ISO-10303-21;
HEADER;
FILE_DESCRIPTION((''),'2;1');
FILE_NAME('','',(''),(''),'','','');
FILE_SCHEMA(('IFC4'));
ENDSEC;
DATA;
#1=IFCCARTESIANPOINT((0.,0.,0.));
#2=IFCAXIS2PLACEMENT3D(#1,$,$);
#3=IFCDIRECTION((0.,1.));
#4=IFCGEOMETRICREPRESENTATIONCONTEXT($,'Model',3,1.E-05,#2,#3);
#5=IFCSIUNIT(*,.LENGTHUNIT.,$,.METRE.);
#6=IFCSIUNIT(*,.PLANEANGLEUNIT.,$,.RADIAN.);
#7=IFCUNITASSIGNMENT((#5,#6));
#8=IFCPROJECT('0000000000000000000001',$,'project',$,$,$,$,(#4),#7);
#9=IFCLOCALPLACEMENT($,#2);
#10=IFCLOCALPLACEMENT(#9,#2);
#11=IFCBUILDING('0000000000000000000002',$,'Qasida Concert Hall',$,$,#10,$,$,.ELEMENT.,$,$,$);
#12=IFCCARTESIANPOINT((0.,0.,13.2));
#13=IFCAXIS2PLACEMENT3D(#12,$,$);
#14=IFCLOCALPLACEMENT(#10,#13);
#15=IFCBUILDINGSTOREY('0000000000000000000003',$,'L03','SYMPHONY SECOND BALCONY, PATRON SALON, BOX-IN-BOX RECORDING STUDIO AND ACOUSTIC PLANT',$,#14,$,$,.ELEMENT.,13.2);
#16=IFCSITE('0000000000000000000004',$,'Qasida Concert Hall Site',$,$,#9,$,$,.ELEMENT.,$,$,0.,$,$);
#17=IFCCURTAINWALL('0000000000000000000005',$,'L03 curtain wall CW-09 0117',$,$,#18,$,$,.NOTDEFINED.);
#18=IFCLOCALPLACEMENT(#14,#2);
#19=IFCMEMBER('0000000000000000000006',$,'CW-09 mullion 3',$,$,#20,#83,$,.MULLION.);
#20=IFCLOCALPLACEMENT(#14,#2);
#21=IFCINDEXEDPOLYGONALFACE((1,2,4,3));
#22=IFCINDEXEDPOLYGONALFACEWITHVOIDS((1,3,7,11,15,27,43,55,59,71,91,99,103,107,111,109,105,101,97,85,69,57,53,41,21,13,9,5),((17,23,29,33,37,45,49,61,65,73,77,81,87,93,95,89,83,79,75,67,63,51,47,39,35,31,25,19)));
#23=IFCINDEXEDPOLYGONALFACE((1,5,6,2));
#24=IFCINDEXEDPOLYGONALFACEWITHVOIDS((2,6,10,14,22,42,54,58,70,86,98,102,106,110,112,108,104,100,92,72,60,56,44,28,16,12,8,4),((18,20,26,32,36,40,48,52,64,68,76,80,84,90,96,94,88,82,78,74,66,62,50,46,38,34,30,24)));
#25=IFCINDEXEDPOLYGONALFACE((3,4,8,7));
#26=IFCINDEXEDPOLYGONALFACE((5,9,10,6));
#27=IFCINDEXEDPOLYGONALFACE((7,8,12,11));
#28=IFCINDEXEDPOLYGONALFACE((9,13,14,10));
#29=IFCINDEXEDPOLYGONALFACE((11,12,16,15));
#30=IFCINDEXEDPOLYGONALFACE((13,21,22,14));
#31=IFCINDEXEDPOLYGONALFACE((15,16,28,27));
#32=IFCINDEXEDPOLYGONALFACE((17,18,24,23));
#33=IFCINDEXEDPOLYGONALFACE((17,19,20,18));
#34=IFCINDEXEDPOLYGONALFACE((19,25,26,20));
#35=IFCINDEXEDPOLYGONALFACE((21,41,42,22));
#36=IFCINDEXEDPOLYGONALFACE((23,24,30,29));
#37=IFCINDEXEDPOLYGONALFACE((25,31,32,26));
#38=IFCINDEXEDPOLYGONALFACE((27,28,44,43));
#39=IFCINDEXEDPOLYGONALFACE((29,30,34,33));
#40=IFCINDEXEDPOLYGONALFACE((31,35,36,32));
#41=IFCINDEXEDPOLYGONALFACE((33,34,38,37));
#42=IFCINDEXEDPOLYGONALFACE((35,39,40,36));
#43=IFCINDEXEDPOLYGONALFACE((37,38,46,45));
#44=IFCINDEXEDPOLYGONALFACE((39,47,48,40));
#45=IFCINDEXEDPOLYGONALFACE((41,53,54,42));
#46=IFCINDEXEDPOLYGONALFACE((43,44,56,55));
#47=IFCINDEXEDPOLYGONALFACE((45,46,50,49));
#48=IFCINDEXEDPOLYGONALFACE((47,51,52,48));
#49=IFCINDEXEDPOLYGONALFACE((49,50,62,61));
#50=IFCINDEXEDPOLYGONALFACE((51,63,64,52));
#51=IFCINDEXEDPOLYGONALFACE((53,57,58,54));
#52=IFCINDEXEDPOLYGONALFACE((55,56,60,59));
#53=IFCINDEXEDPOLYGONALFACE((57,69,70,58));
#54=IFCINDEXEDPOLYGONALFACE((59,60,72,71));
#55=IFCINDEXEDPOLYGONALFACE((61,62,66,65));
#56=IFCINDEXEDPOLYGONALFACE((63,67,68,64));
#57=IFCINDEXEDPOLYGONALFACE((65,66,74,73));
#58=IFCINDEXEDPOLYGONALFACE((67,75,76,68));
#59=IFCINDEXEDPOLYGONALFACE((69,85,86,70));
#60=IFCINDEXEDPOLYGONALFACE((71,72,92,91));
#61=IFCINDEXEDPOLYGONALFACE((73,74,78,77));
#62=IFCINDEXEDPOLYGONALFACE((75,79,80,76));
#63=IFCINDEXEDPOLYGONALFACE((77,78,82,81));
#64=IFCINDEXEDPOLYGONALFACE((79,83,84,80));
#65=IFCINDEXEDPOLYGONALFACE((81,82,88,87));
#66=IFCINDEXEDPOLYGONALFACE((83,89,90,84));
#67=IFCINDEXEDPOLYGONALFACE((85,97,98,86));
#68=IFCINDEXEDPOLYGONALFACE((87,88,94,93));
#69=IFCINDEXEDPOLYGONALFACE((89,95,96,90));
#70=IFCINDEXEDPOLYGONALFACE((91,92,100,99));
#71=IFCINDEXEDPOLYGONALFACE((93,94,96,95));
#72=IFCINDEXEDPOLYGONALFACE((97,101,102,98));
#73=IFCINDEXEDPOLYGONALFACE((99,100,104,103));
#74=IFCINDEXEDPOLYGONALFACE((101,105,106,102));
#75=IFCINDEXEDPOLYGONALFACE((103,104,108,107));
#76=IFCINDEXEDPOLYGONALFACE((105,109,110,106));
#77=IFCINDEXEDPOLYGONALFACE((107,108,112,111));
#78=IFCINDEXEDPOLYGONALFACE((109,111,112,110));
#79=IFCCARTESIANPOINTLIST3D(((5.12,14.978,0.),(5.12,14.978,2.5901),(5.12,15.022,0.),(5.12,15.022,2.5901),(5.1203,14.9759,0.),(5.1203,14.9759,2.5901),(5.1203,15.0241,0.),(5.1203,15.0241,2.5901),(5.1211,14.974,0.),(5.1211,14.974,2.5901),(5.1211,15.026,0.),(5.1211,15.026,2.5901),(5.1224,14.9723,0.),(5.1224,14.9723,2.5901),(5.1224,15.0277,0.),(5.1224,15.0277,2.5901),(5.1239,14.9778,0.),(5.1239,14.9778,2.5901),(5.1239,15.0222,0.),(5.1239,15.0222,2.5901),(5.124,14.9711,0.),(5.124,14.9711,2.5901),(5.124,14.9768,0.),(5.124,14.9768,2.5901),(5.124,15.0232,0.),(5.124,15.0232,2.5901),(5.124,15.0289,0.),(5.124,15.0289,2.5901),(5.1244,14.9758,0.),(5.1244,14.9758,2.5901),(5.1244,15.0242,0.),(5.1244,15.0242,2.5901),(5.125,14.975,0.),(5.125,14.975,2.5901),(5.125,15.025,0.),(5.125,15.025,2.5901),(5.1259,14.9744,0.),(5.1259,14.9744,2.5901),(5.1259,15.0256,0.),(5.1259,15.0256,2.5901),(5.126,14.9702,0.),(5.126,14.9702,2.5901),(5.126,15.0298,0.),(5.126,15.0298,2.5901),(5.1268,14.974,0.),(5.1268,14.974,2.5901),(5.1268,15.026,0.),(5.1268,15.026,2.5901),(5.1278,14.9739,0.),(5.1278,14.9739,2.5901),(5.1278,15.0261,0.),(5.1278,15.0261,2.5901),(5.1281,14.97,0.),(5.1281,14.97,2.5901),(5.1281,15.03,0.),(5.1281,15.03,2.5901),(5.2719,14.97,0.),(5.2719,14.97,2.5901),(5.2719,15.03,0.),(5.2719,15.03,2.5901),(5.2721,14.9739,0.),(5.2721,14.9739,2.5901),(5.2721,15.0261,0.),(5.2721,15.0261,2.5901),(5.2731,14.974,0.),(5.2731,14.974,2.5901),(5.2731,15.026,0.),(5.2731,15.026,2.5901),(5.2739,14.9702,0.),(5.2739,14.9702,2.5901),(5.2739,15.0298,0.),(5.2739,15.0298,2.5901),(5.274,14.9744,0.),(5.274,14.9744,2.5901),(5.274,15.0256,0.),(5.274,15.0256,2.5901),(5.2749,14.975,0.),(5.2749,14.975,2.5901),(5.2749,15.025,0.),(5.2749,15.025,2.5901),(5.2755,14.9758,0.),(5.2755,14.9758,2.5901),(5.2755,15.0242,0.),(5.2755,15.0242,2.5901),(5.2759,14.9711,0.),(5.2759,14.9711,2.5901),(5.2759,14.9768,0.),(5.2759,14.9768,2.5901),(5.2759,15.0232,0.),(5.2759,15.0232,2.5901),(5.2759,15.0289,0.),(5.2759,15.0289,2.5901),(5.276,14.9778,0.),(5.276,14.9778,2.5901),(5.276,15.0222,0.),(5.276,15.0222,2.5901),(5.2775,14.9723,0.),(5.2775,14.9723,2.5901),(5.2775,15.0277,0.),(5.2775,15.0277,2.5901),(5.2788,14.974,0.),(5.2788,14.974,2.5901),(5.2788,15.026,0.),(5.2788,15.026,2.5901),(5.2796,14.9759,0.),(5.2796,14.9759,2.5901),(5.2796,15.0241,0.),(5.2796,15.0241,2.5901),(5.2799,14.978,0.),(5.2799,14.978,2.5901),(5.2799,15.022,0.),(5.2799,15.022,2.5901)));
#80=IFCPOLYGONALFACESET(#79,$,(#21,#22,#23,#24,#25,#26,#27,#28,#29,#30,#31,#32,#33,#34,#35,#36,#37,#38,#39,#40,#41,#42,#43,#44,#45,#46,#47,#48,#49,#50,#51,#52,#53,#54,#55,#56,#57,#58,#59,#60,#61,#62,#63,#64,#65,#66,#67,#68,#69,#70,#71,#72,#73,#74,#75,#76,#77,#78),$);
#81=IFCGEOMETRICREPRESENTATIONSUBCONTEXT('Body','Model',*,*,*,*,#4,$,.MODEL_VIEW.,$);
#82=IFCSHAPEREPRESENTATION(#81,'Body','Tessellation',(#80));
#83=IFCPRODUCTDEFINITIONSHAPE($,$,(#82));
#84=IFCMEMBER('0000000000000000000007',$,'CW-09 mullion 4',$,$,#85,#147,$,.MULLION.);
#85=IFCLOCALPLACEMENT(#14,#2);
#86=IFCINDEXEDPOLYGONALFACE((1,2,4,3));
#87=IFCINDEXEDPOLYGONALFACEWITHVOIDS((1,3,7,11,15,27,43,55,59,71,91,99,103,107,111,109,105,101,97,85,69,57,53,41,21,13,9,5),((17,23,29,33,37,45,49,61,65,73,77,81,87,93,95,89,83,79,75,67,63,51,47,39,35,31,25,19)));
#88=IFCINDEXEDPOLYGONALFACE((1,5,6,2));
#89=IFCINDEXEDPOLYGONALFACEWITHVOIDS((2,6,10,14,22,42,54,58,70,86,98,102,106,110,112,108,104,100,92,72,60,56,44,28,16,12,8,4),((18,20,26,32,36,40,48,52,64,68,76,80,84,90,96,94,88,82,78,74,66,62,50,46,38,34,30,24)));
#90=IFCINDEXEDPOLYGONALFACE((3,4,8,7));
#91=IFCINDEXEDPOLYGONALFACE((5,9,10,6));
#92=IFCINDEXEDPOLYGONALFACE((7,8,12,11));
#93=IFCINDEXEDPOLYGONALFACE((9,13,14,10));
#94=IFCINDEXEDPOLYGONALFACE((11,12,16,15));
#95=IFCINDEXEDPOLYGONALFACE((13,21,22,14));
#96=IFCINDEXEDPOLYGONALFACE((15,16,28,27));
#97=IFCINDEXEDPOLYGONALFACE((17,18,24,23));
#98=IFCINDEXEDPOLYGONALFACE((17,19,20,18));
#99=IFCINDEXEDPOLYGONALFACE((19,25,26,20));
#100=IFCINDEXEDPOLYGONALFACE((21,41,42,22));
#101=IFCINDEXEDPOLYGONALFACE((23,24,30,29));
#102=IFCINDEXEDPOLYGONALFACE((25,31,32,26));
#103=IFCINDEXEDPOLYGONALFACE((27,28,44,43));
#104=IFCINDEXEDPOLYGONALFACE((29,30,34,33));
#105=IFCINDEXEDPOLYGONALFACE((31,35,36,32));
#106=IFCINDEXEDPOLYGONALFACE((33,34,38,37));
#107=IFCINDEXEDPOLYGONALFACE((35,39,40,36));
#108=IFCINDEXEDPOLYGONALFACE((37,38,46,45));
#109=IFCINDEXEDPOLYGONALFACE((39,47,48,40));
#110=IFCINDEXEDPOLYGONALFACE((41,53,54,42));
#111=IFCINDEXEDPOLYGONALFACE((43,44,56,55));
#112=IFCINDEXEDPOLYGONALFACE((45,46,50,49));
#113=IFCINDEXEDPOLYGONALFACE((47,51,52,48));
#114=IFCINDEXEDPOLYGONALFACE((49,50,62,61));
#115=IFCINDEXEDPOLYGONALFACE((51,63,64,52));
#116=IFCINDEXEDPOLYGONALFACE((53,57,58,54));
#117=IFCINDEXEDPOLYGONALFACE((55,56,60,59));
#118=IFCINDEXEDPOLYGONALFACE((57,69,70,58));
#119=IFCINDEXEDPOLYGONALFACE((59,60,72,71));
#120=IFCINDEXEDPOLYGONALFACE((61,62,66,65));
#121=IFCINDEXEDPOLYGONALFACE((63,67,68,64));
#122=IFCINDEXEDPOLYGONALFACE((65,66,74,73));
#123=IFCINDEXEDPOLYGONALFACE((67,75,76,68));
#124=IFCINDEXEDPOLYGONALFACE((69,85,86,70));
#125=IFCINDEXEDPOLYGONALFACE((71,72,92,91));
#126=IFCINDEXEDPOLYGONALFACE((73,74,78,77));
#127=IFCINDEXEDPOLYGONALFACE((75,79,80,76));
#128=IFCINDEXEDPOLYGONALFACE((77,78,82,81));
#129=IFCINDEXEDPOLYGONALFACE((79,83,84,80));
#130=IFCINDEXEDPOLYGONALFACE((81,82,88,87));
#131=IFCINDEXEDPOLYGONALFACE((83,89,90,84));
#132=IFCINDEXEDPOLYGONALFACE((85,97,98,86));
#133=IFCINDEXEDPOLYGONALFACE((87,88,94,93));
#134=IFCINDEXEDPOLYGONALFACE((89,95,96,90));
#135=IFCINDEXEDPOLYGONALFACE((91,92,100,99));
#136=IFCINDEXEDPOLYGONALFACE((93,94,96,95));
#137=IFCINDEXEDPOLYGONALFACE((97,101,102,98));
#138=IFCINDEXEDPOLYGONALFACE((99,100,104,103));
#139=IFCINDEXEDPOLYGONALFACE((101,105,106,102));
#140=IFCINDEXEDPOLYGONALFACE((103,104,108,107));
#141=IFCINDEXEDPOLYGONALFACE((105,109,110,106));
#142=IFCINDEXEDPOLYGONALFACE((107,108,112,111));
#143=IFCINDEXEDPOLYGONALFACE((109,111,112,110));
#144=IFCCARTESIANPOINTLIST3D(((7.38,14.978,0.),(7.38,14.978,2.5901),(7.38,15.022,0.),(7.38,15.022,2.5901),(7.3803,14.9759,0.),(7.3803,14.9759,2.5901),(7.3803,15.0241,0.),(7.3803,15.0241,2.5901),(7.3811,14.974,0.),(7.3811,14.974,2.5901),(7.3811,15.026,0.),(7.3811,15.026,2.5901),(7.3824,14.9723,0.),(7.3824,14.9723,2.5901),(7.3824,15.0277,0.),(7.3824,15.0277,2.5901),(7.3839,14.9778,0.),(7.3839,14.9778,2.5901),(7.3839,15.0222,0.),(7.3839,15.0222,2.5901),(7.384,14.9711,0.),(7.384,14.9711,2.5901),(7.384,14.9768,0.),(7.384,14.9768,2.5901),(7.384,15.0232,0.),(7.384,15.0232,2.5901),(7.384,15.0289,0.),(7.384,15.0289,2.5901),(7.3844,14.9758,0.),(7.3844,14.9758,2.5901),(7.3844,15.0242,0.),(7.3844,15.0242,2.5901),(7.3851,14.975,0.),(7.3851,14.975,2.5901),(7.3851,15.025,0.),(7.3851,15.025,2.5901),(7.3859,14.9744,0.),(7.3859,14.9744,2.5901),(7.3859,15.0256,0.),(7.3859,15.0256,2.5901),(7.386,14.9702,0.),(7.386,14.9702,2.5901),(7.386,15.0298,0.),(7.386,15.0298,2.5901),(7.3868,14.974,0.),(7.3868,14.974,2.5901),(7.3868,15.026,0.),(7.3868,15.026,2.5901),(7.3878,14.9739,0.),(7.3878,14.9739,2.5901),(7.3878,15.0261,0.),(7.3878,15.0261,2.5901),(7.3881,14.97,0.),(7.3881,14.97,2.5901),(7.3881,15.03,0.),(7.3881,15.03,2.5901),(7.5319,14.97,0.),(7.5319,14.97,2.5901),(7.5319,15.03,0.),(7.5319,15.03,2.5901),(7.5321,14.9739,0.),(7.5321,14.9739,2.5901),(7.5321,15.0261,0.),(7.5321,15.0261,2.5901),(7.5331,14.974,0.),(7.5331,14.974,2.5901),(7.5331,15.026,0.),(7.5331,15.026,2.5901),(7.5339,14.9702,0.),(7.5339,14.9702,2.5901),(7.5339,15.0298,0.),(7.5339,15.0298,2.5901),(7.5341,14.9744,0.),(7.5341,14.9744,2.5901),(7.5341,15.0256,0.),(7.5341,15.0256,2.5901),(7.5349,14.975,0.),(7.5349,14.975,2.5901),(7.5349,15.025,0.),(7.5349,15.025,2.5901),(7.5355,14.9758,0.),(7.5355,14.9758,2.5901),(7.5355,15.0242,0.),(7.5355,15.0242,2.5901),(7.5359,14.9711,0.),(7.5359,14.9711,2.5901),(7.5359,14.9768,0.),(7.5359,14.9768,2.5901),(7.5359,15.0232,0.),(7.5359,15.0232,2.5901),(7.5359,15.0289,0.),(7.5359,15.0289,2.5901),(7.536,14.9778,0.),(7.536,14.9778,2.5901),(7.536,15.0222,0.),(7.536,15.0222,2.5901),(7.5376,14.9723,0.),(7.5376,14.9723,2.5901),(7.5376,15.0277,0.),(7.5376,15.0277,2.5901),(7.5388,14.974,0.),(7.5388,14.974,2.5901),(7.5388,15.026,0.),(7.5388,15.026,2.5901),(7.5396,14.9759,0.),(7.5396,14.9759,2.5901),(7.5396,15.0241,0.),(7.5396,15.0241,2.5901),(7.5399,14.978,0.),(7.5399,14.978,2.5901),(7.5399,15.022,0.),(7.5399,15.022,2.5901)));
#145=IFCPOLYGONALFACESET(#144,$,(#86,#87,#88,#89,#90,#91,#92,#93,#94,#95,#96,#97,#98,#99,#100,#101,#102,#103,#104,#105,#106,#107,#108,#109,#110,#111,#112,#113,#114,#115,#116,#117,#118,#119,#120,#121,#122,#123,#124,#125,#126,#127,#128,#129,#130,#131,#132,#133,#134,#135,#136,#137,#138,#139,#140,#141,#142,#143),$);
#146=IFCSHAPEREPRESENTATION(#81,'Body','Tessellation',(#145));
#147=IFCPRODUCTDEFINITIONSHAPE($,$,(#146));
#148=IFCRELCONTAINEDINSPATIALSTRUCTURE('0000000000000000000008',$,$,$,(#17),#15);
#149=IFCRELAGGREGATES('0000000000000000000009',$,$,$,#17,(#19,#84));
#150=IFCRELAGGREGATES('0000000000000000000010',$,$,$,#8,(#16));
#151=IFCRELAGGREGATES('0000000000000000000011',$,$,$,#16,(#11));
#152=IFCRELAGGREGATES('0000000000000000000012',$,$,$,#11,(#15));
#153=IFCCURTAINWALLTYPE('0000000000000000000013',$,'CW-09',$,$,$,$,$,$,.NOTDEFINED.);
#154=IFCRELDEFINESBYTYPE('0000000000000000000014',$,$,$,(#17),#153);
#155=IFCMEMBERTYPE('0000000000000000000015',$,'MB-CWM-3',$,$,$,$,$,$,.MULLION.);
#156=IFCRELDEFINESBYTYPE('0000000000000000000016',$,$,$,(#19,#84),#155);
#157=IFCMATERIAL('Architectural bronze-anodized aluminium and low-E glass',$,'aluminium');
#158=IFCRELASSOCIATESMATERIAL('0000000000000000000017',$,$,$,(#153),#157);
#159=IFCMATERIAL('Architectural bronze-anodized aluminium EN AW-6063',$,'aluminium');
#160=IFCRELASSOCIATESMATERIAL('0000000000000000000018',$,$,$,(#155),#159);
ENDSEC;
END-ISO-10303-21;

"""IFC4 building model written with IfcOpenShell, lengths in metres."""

from ifc_helpers import new_model, si_unit, direction, frame, origin, origin_2d, place, context, subcontext, project, spatial, hollow_rectangle, extrude, material, material_profile, profile_set, type_object, element, aggregate, save


model = new_model("IFC4")

# Units and contexts
model_context = context("Model", 3, precision=1e-05, world=origin(), true_north=direction((0.0, 1.0)))
body_context = subcontext(model_context, "Body", "Model", "MODEL_VIEW")
ifc_project = project(units=[si_unit("LENGTHUNIT", "METRE"), si_unit("PLANEANGLEUNIT", "RADIAN")], contexts=[model_context])

# Site, building, storey
site_placement = place(None, origin())
site = spatial("IfcSite", under=ifc_project, at=site_placement, Name="Qasida Concert Hall Site", CompositionType="ELEMENT", RefElevation=0.0)
building_placement = place(site_placement, origin())
building = spatial("IfcBuilding", under=site, at=building_placement, Name="Qasida Concert Hall", CompositionType="ELEMENT")
storey_placement = place(building_placement, frame((0.0, 0.0, 13.2)))
storey = spatial("IfcBuildingStorey", under=building, at=storey_placement, Name="L03", Description="SYMPHONY SECOND BALCONY, PATRON SALON, BOX-IN-BOX RECORDING STUDIO AND ACOUSTIC PLANT", CompositionType="ELEMENT", Elevation=13.2)

# Curtain wall, members
ifc_material_1 = material(Name="Architectural bronze-anodized aluminium and low-E glass", Category="aluminium")
curtain_wall_type = type_object("IfcCurtainWallType", Name="CW-09", PredefinedType="NOTDEFINED", material=ifc_material_1)
curtain_wall_placement = place(storey_placement, origin())
curtain_wall = element("IfcCurtainWall", 1, at=curtain_wall_placement, inside=storey, type_object=curtain_wall_type, Name="L03 curtain wall CW-09 0117", PredefinedType="NOTDEFINED")
ifc_material_2 = material(Name="Architectural bronze-anodized aluminium EN AW-6063", Category="aluminium")
ifc_material_profile_1 = material_profile(ifc_material_2, hollow_rectangle(XDim=0.0601, YDim=0.1599, WallThickness=0.0039, InnerFilletRadius=0.0039, OuterFilletRadius=0.0081, at=origin_2d()), Name="CWM 160x60x4")
ifc_profile_set_1 = profile_set([ifc_material_profile_1], Name="Architectural bronze-anodized aluminium EN AW-6063")
member_type_1 = type_object("IfcMemberType", Name="MB-CWM-3", PredefinedType="MULLION", material=ifc_profile_set_1)
member_1_placement = place(storey_placement, frame((5.2, 15.0, 0.0), z_axis=(0.0, 0.0, 1.0), x_axis=(0.0, 1.0, 0.0)))
member_1 = element("IfcMember", 2, at=member_1_placement, type_object=member_type_1, Name="CW-09 mullion 3", PredefinedType="MULLION", context=body_context, shape_type="SweptSolid", body=[
    extrude(hollow_rectangle(XDim=0.0601, YDim=0.1599, WallThickness=0.0039, InnerFilletRadius=0.0039, OuterFilletRadius=0.0081, at=origin_2d()), origin(), (0.0, 0.0, 1.0), 2.5901),
])
member_2_placement = place(storey_placement, frame((7.46, 15.0, 0.0), z_axis=(0.0, 0.0, 1.0), x_axis=(0.0, 1.0, 0.0)))
member_2 = element("IfcMember", 3, at=member_2_placement, type_object=member_type_1, Name="CW-09 mullion 4", PredefinedType="MULLION", context=body_context, shape_type="SweptSolid", body=[
    extrude(hollow_rectangle(XDim=0.0601, YDim=0.1599, WallThickness=0.0039, InnerFilletRadius=0.0039, OuterFilletRadius=0.0081, at=origin_2d()), origin(), (0.0, 0.0, 1.0), 2.5901),
])
aggregate(curtain_wall, [member_1, member_2])

save(model, "model.ifc")
